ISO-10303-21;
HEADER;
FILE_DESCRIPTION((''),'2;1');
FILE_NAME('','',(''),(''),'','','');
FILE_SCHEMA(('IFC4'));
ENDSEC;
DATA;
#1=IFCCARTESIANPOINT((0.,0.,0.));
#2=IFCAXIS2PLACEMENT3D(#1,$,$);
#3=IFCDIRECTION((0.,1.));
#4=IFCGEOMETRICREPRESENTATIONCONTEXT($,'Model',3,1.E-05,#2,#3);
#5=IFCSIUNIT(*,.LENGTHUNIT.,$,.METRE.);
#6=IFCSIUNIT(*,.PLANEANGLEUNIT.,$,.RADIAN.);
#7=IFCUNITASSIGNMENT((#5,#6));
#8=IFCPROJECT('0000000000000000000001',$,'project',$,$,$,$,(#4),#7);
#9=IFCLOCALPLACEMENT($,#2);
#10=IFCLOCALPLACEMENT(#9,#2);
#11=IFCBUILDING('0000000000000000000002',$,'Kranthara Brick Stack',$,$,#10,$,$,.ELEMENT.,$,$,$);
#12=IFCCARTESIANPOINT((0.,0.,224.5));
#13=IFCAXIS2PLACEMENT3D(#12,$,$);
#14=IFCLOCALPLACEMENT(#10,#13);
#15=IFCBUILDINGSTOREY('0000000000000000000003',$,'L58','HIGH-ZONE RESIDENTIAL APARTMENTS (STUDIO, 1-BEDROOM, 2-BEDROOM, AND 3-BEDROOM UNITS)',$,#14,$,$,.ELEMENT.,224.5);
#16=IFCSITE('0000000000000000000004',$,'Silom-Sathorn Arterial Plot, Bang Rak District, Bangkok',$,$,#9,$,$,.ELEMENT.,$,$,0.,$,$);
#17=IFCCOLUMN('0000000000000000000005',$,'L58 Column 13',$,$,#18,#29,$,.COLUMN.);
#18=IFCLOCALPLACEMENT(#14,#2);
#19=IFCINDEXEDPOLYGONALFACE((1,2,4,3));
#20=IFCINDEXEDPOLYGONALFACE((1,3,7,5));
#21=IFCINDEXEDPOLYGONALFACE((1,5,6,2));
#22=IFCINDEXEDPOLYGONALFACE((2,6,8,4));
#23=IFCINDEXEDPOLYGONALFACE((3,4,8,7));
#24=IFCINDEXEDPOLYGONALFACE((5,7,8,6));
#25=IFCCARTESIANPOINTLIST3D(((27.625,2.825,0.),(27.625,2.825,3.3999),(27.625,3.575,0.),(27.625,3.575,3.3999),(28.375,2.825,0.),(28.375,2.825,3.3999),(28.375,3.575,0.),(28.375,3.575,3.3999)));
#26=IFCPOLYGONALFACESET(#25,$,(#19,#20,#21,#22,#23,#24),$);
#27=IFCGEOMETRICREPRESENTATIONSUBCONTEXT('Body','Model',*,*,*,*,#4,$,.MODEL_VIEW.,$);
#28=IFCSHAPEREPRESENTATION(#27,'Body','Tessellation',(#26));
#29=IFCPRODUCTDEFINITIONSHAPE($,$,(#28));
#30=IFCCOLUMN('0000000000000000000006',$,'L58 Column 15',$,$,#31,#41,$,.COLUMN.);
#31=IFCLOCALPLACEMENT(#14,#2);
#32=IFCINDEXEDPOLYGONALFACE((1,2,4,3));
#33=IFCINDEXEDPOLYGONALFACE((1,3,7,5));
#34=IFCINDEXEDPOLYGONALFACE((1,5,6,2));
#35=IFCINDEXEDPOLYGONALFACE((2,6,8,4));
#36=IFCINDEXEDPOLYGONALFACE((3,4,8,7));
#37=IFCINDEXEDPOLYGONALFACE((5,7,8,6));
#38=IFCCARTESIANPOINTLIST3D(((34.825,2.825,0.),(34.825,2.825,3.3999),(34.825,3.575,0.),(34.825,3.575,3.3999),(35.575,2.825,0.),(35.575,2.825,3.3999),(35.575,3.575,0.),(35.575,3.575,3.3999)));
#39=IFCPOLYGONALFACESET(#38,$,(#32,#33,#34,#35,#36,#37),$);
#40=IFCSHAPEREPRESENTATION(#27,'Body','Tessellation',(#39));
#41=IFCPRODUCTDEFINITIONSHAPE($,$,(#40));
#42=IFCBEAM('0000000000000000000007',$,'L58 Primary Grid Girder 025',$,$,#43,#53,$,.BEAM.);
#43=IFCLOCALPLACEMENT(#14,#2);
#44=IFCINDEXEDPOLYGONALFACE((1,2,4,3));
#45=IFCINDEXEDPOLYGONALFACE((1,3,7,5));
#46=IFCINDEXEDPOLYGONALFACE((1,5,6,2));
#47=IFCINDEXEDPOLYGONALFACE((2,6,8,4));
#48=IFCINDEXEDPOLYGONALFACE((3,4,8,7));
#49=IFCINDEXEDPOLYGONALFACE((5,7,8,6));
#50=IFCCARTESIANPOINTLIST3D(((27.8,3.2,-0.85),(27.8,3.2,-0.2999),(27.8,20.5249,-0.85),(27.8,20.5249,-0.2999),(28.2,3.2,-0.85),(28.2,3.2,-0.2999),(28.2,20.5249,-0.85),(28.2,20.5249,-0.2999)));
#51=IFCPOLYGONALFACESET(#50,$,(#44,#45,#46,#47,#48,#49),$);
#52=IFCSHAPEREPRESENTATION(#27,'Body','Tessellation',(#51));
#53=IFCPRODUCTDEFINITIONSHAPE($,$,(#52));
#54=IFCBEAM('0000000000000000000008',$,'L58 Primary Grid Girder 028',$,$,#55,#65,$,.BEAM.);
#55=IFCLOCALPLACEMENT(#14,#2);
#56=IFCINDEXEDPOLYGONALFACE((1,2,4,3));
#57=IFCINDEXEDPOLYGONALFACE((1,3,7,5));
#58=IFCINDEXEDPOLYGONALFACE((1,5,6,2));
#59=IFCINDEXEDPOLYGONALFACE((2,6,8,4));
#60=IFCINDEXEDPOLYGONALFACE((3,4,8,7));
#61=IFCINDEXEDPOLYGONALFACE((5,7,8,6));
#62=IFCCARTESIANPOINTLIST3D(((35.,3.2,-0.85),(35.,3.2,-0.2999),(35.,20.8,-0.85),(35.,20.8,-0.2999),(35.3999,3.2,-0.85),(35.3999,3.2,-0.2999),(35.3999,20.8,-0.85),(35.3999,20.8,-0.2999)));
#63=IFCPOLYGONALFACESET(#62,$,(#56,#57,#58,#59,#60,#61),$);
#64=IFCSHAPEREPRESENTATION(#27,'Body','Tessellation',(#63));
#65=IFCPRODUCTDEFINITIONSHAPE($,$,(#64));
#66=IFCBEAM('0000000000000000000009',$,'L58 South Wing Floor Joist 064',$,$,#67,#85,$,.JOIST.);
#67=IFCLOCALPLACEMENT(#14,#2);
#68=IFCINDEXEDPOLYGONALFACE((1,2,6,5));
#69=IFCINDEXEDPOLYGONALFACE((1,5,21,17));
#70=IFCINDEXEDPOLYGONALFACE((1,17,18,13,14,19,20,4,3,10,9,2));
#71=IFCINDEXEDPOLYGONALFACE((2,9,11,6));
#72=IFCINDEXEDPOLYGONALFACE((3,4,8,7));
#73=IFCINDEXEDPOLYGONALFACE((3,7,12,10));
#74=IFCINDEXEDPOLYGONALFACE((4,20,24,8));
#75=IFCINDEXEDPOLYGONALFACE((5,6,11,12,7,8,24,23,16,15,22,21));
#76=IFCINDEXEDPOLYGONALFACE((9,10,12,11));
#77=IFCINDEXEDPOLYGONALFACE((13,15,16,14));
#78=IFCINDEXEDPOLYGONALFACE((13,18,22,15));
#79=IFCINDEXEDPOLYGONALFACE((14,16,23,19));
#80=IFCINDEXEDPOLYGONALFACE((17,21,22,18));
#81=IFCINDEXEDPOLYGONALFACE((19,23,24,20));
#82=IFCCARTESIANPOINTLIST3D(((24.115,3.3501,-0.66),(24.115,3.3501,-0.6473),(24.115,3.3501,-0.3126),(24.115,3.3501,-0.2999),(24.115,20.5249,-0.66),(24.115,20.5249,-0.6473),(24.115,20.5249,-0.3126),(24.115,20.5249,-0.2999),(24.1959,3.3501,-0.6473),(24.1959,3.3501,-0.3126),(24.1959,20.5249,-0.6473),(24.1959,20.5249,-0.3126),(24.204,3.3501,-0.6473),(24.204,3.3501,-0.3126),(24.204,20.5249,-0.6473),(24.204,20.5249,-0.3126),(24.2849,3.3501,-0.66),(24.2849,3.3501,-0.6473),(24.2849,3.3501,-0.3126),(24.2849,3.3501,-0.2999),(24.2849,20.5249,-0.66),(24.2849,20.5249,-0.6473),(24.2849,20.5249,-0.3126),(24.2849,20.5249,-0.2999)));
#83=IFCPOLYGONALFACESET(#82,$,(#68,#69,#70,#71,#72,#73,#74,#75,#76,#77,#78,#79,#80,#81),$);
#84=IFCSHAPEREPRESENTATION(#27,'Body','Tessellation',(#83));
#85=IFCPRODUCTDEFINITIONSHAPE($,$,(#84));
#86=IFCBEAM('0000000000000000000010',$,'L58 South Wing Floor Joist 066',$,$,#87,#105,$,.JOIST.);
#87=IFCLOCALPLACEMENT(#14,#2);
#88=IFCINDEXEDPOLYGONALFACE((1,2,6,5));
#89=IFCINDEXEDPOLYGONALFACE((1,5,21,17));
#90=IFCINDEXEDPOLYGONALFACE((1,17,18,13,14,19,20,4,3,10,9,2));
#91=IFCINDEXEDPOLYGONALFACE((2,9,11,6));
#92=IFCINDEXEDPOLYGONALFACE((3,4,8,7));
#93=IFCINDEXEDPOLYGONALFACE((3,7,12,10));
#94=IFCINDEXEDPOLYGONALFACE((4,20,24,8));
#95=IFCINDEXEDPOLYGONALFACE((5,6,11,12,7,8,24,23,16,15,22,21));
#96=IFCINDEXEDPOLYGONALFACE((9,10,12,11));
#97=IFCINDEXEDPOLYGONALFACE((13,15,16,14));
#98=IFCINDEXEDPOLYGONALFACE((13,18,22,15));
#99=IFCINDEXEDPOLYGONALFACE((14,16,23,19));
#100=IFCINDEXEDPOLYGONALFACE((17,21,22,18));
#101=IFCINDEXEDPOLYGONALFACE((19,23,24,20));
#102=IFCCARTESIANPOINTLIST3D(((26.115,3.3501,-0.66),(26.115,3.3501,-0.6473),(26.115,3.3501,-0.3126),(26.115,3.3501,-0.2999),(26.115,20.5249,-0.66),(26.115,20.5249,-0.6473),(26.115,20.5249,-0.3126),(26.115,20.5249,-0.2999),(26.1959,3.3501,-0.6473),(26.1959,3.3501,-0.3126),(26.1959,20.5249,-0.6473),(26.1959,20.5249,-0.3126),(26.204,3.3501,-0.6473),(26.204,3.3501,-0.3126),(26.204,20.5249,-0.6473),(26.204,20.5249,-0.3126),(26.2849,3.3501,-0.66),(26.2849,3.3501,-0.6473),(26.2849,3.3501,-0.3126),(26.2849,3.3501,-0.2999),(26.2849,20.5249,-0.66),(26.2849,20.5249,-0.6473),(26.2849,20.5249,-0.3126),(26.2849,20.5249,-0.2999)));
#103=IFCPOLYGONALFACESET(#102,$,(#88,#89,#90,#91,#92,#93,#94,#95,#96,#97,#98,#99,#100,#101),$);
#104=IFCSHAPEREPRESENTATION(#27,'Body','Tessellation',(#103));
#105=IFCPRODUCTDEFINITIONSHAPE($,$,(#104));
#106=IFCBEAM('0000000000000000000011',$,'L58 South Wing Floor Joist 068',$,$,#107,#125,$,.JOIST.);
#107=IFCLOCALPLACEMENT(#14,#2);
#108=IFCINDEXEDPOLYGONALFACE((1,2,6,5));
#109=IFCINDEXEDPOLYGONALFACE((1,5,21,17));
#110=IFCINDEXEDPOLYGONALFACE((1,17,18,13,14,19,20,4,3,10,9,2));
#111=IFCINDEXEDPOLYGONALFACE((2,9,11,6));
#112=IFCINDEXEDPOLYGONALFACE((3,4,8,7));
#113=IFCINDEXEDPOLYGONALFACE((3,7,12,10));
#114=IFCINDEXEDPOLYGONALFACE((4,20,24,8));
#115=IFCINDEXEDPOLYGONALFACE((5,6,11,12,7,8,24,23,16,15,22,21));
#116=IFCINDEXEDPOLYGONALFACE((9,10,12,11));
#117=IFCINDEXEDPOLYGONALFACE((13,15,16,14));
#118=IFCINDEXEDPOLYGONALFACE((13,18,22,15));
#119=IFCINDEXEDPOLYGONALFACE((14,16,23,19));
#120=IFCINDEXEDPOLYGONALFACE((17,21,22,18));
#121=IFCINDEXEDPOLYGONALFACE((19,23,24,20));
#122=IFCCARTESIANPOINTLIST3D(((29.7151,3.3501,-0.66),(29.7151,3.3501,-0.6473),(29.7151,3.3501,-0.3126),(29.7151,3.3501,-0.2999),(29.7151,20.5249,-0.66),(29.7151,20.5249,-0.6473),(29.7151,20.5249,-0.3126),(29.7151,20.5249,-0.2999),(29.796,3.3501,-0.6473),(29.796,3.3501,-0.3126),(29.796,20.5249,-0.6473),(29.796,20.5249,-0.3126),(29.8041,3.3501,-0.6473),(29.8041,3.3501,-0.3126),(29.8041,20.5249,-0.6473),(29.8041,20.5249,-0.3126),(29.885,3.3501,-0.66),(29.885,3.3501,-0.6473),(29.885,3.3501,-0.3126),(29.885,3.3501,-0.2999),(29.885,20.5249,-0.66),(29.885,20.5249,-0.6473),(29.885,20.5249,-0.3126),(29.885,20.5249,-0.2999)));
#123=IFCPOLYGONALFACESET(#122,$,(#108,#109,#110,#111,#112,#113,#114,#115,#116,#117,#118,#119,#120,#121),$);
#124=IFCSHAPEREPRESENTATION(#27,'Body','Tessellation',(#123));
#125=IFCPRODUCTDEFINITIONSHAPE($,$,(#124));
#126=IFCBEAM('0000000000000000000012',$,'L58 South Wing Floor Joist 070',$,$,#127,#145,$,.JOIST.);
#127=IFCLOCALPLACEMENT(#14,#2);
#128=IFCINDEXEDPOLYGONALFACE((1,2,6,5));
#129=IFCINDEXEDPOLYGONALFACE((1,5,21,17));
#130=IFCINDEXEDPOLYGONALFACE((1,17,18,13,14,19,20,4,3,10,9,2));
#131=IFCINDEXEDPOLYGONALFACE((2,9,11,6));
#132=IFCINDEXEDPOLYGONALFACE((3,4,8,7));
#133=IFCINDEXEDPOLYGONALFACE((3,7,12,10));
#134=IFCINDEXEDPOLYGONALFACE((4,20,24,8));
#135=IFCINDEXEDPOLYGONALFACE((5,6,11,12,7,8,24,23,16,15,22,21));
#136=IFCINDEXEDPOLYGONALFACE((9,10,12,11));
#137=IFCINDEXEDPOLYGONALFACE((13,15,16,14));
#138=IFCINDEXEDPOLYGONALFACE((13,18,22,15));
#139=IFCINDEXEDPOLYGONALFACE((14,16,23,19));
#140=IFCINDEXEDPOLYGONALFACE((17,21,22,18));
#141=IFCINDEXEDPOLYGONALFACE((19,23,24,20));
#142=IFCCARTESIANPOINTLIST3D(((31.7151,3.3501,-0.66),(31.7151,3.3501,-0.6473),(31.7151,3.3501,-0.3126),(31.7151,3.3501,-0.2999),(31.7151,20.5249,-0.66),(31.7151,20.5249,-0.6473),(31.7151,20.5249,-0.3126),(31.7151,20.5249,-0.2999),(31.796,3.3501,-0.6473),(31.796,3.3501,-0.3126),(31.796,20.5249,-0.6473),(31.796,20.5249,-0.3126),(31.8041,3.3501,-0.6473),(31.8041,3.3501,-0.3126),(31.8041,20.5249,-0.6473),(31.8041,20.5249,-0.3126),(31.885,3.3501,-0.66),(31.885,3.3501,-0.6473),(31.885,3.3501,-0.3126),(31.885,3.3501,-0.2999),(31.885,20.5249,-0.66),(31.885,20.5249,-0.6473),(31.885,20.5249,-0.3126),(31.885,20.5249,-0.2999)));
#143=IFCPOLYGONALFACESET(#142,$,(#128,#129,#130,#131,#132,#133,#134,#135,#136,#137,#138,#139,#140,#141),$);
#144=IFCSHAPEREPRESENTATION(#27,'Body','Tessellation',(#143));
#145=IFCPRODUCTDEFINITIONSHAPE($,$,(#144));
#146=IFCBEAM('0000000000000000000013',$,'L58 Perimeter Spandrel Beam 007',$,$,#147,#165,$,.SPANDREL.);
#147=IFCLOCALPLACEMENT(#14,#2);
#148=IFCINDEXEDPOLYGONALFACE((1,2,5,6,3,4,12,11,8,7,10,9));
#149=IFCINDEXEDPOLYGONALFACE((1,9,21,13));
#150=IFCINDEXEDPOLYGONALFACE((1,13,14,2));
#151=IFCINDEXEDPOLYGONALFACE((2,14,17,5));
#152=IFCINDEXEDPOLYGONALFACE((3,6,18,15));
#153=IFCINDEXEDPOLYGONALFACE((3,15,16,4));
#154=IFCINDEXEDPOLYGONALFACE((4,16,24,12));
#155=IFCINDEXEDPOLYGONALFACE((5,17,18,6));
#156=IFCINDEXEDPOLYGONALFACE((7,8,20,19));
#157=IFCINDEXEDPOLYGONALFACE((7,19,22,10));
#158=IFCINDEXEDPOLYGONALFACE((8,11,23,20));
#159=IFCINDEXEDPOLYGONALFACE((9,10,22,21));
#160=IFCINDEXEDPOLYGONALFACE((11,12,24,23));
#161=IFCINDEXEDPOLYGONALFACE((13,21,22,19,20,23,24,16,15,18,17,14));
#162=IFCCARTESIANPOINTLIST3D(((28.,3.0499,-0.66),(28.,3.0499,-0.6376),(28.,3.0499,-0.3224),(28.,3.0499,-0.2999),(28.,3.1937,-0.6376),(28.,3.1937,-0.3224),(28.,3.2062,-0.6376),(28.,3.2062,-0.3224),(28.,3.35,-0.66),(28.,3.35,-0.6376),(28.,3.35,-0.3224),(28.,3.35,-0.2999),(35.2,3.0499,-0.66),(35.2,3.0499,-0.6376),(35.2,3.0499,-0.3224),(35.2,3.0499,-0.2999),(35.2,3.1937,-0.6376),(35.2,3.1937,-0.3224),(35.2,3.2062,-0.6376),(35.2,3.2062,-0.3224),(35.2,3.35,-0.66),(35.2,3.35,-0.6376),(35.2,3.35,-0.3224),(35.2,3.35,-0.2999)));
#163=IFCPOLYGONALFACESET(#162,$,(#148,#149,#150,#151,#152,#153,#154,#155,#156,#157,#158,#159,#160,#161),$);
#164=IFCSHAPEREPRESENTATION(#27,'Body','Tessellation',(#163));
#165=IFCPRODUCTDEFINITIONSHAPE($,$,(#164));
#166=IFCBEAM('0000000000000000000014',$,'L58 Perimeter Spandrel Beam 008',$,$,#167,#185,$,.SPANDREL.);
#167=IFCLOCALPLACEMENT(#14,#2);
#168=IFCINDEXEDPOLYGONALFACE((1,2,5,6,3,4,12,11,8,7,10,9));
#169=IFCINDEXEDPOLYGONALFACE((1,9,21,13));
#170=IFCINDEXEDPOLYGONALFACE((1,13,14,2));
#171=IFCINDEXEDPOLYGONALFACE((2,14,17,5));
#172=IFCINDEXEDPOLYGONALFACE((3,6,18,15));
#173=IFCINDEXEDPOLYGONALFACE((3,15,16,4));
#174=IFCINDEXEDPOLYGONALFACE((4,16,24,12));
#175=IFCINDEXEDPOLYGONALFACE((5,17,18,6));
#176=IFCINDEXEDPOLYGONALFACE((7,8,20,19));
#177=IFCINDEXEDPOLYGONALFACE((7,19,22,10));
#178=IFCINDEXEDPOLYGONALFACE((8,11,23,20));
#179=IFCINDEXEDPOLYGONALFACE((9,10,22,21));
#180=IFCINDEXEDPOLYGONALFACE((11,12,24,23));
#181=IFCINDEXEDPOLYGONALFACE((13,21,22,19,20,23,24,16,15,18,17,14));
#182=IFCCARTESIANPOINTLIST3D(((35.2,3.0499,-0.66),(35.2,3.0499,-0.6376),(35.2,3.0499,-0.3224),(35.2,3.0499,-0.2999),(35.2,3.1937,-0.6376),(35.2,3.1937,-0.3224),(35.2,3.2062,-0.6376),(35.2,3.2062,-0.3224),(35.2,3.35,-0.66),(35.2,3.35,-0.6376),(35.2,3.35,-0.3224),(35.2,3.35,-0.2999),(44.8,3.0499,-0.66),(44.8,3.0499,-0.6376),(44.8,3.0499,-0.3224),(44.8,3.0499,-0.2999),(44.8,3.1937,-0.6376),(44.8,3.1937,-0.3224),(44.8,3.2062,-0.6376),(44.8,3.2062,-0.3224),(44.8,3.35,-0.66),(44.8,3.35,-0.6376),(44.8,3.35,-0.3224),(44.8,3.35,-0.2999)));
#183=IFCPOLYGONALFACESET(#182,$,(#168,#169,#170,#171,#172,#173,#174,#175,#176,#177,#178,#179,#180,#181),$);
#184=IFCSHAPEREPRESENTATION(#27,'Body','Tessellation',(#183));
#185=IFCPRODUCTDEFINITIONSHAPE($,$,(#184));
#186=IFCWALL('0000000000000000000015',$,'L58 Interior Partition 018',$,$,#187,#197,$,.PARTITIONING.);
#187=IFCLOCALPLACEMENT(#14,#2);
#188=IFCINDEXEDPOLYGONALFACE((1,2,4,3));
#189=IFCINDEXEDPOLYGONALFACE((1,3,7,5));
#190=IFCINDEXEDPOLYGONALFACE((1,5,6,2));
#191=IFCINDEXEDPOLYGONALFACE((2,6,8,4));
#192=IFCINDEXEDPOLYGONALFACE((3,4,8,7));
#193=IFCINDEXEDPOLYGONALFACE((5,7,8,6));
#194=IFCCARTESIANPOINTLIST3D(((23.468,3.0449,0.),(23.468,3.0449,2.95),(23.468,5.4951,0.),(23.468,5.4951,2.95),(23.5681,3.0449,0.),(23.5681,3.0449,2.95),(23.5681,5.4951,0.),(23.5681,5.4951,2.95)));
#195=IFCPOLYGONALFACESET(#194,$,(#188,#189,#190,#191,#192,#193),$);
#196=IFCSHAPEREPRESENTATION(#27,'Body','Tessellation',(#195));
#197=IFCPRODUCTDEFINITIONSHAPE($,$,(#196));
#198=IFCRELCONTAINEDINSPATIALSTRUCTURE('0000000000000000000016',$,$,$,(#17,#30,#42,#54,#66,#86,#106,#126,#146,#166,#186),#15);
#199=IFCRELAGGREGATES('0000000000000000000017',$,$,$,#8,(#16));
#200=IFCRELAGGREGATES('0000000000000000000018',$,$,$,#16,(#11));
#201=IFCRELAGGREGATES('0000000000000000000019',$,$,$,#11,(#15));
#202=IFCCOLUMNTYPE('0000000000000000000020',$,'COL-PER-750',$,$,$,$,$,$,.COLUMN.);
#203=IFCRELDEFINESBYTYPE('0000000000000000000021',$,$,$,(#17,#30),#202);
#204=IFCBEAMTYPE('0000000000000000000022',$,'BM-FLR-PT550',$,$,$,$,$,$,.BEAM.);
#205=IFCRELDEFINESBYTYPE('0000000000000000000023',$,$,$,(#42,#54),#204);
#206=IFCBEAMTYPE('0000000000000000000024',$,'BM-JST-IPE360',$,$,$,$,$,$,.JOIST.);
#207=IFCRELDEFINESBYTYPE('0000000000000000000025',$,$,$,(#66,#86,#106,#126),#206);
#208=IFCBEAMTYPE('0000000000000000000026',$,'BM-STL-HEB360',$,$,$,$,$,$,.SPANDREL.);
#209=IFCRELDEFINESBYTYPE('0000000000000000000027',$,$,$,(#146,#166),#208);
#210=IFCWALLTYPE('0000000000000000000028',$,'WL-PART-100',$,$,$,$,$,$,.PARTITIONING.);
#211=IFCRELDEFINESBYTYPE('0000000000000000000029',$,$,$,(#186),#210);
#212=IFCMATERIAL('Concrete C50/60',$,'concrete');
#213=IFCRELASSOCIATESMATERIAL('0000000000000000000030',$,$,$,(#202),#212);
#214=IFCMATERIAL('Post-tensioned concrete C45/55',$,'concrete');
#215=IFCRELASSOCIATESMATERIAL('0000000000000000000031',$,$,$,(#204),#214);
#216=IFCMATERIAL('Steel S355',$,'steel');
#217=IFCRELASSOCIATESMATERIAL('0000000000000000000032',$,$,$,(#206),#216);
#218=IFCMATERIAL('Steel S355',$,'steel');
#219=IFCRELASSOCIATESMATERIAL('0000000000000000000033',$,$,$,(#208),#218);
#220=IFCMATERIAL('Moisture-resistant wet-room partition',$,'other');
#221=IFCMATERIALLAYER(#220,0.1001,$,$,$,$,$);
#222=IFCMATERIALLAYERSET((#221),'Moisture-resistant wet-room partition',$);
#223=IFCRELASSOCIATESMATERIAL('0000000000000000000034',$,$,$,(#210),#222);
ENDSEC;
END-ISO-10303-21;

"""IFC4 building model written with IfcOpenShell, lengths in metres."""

from ifc_helpers import new_model, si_unit, direction, frame, frame_2d, origin, origin_2d, place, context, subcontext, project, spatial, rectangle, i_section, extrude, material, layer, layer_set, material_profile, profile_set, type_object, element, save


model = new_model("IFC4")

# Units and contexts
model_context = context("Model", 3, precision=1e-05, world=origin(), true_north=direction((0.0, 1.0)))
body_context = subcontext(model_context, "Body", "Model", "MODEL_VIEW")
ifc_project = project(units=[si_unit("LENGTHUNIT", "METRE"), si_unit("PLANEANGLEUNIT", "RADIAN")], contexts=[model_context])

# Site, building, storey
site_placement = place(None, origin())
site = spatial("IfcSite", under=ifc_project, at=site_placement, Name="Silom-Sathorn Arterial Plot, Bang Rak District, Bangkok", CompositionType="ELEMENT", RefElevation=0.0)
building_placement = place(site_placement, origin())
building = spatial("IfcBuilding", under=site, at=building_placement, Name="Kranthara Brick Stack", CompositionType="ELEMENT")
storey_placement = place(building_placement, frame((0.0, 0.0, 224.5)))
storey = spatial("IfcBuildingStorey", under=building, at=storey_placement, Name="L58", Description="HIGH-ZONE RESIDENTIAL APARTMENTS (STUDIO, 1-BEDROOM, 2-BEDROOM, AND 3-BEDROOM UNITS)", CompositionType="ELEMENT", Elevation=224.5)

# Columns
ifc_material_1 = material(Name="Concrete C50/60", Category="concrete")
ifc_material_profile_1 = material_profile(ifc_material_1, rectangle(XDim=0.75, YDim=0.75, at=origin_2d()), Name="RC 750x750")
ifc_profile_set_1 = profile_set([ifc_material_profile_1], Name="Concrete C50/60")
column_type = type_object("IfcColumnType", Name="COL-PER-750", PredefinedType="COLUMN", material=ifc_profile_set_1)
for number, where, z_axis, x_axis, name in (
    (1, (28.0, 3.2, 0.0), (0.0, 0.0, 1.0), (1.0, 0.0, 0.0), "L58 Column 13"),
    (2, (35.2, 3.2, 0.0), (0.0, 0.0, 1.0), (1.0, 0.0, 0.0), "L58 Column 15"),
):
    element("IfcColumn", number, at=place(storey_placement, frame(where, z_axis=z_axis, x_axis=x_axis)), inside=storey, type_object=column_type, Name=name, PredefinedType="COLUMN", context=body_context, shape_type="SweptSolid", body=[
        extrude(rectangle(XDim=0.75, YDim=0.75, at=origin_2d()), origin(), (0.0, 0.0, 1.0), 3.3999),
    ])

# Beams
ifc_material_2 = material(Name="Post-tensioned concrete C45/55", Category="concrete")
ifc_material_profile_2 = material_profile(ifc_material_2, rectangle(XDim=0.3999, YDim=0.55, at=origin_2d()), Name="PT 400x550")
ifc_profile_set_2 = profile_set([ifc_material_profile_2], Name="Post-tensioned concrete C45/55")
beam_type_1 = type_object("IfcBeamType", Name="BM-FLR-PT550", PredefinedType="BEAM", material=ifc_profile_set_2)
beam_1_placement = place(storey_placement, frame((28.0, 3.2, -0.575), z_axis=(0.0, 1.0, 0.0), x_axis=(-1.0, 0.0, 0.0)))
element("IfcBeam", 3, at=beam_1_placement, inside=storey, type_object=beam_type_1, Name="L58 Primary Grid Girder 025", PredefinedType="BEAM", context=body_context, shape_type="SweptSolid", body=[
    extrude(rectangle(XDim=0.3999, YDim=0.55, at=origin_2d()), origin(), (0.0, 0.0, 1.0), 17.325),
])
beam_2_placement = place(storey_placement, frame((35.2, 3.2, -0.575), z_axis=(0.0, 1.0, 0.0), x_axis=(-1.0, 0.0, 0.0)))
element("IfcBeam", 4, at=beam_2_placement, inside=storey, type_object=beam_type_1, Name="L58 Primary Grid Girder 028", PredefinedType="BEAM", context=body_context, shape_type="SweptSolid", body=[
    extrude(rectangle(XDim=0.3999, YDim=0.55, at=origin_2d()), origin(), (0.0, 0.0, 1.0), 17.6001),
])
ifc_material_3 = material(Name="Steel S355", Category="steel")
ifc_material_profile_3 = material_profile(ifc_material_3, i_section(OverallWidth=0.1699, OverallDepth=0.3601, WebThickness=0.0081, FlangeThickness=0.0127, at=origin_2d()), Name="IPE 360")
ifc_profile_set_3 = profile_set([ifc_material_profile_3], Name="Steel S355")
beam_type_2 = type_object("IfcBeamType", Name="BM-JST-IPE360", PredefinedType="JOIST", material=ifc_profile_set_3)
for number, where, z_axis, x_axis, name in (
    (5, (24.2, 3.3501, -0.48), (0.0, 1.0, 0.0), (-1.0, 0.0, 0.0), "L58 South Wing Floor Joist 064"),
    (6, (26.2, 3.3501, -0.48), (0.0, 1.0, 0.0), (-1.0, 0.0, 0.0), "L58 South Wing Floor Joist 066"),
    (7, (29.8, 3.3501, -0.48), (0.0, 1.0, 0.0), (-1.0, 0.0, 0.0), "L58 South Wing Floor Joist 068"),
    (8, (31.8, 3.3501, -0.48), (0.0, 1.0, 0.0), (-1.0, 0.0, 0.0), "L58 South Wing Floor Joist 070"),
):
    element("IfcBeam", number, at=place(storey_placement, frame(where, z_axis=z_axis, x_axis=x_axis)), inside=storey, type_object=beam_type_2, Name=name, PredefinedType="JOIST", context=body_context, shape_type="SweptSolid", body=[
        extrude(i_section(OverallWidth=0.1699, OverallDepth=0.3601, WebThickness=0.0081, FlangeThickness=0.0127, at=origin_2d()), origin(), (0.0, 0.0, 1.0), 17.1748),
    ])
ifc_material_4 = material(Name="Steel S355", Category="steel")
ifc_material_profile_4 = material_profile(ifc_material_4, i_section(OverallWidth=0.3, OverallDepth=0.3601, WebThickness=0.0125, FlangeThickness=0.0225, at=origin_2d()), Name="HEB 360")
ifc_profile_set_4 = profile_set([ifc_material_profile_4], Name="Steel S355")
beam_type_3 = type_object("IfcBeamType", Name="BM-STL-HEB360", PredefinedType="SPANDREL", material=ifc_profile_set_4)
beam_3_placement = place(storey_placement, frame((28.0, 3.2, -0.48), z_axis=(1.0, 0.0, 0.0), x_axis=(0.0, 1.0, 0.0)))
element("IfcBeam", 9, at=beam_3_placement, inside=storey, type_object=beam_type_3, Name="L58 Perimeter Spandrel Beam 007", PredefinedType="SPANDREL", context=body_context, shape_type="SweptSolid", body=[
    extrude(i_section(OverallWidth=0.3, OverallDepth=0.3601, WebThickness=0.0125, FlangeThickness=0.0225, at=origin_2d()), origin(), (0.0, 0.0, 1.0), 7.2),
])
beam_4_placement = place(storey_placement, frame((35.2, 3.2, -0.48), z_axis=(1.0, 0.0, 0.0), x_axis=(0.0, 1.0, 0.0)))
element("IfcBeam", 10, at=beam_4_placement, inside=storey, type_object=beam_type_3, Name="L58 Perimeter Spandrel Beam 008", PredefinedType="SPANDREL", context=body_context, shape_type="SweptSolid", body=[
    extrude(i_section(OverallWidth=0.3, OverallDepth=0.3601, WebThickness=0.0125, FlangeThickness=0.0225, at=origin_2d()), origin(), (0.0, 0.0, 1.0), 9.6001),
])

# Wall
ifc_material_5 = material(Name="Moisture-resistant wet-room partition", Category="other")
ifc_layer_1 = layer(ifc_material_5, 0.1001)
ifc_layer_set_1 = layer_set([ifc_layer_1], Name="Moisture-resistant wet-room partition")
wall_type_1 = type_object("IfcWallType", Name="WL-PART-100", PredefinedType="PARTITIONING", material=ifc_layer_set_1)
for number, where, z_axis, x_axis, name in (
    (11, (23.5181, 3.0449, 0.0), (0.0, 0.0, 1.0), (0.0, 1.0, 0.0), "L58 Interior Partition 018"),
):
    element("IfcWall", number, at=place(storey_placement, frame(where, z_axis=z_axis, x_axis=x_axis)), inside=storey, type_object=wall_type_1, Name=name, PredefinedType="PARTITIONING", context=body_context, shape_type="SweptSolid", body=[
        extrude(rectangle(XDim=2.4502, YDim=0.1001, at=frame_2d((1.2251, 0.0))), origin(), (0.0, 0.0, 1.0), 2.95),
    ])

save(model, "model.ifc")
